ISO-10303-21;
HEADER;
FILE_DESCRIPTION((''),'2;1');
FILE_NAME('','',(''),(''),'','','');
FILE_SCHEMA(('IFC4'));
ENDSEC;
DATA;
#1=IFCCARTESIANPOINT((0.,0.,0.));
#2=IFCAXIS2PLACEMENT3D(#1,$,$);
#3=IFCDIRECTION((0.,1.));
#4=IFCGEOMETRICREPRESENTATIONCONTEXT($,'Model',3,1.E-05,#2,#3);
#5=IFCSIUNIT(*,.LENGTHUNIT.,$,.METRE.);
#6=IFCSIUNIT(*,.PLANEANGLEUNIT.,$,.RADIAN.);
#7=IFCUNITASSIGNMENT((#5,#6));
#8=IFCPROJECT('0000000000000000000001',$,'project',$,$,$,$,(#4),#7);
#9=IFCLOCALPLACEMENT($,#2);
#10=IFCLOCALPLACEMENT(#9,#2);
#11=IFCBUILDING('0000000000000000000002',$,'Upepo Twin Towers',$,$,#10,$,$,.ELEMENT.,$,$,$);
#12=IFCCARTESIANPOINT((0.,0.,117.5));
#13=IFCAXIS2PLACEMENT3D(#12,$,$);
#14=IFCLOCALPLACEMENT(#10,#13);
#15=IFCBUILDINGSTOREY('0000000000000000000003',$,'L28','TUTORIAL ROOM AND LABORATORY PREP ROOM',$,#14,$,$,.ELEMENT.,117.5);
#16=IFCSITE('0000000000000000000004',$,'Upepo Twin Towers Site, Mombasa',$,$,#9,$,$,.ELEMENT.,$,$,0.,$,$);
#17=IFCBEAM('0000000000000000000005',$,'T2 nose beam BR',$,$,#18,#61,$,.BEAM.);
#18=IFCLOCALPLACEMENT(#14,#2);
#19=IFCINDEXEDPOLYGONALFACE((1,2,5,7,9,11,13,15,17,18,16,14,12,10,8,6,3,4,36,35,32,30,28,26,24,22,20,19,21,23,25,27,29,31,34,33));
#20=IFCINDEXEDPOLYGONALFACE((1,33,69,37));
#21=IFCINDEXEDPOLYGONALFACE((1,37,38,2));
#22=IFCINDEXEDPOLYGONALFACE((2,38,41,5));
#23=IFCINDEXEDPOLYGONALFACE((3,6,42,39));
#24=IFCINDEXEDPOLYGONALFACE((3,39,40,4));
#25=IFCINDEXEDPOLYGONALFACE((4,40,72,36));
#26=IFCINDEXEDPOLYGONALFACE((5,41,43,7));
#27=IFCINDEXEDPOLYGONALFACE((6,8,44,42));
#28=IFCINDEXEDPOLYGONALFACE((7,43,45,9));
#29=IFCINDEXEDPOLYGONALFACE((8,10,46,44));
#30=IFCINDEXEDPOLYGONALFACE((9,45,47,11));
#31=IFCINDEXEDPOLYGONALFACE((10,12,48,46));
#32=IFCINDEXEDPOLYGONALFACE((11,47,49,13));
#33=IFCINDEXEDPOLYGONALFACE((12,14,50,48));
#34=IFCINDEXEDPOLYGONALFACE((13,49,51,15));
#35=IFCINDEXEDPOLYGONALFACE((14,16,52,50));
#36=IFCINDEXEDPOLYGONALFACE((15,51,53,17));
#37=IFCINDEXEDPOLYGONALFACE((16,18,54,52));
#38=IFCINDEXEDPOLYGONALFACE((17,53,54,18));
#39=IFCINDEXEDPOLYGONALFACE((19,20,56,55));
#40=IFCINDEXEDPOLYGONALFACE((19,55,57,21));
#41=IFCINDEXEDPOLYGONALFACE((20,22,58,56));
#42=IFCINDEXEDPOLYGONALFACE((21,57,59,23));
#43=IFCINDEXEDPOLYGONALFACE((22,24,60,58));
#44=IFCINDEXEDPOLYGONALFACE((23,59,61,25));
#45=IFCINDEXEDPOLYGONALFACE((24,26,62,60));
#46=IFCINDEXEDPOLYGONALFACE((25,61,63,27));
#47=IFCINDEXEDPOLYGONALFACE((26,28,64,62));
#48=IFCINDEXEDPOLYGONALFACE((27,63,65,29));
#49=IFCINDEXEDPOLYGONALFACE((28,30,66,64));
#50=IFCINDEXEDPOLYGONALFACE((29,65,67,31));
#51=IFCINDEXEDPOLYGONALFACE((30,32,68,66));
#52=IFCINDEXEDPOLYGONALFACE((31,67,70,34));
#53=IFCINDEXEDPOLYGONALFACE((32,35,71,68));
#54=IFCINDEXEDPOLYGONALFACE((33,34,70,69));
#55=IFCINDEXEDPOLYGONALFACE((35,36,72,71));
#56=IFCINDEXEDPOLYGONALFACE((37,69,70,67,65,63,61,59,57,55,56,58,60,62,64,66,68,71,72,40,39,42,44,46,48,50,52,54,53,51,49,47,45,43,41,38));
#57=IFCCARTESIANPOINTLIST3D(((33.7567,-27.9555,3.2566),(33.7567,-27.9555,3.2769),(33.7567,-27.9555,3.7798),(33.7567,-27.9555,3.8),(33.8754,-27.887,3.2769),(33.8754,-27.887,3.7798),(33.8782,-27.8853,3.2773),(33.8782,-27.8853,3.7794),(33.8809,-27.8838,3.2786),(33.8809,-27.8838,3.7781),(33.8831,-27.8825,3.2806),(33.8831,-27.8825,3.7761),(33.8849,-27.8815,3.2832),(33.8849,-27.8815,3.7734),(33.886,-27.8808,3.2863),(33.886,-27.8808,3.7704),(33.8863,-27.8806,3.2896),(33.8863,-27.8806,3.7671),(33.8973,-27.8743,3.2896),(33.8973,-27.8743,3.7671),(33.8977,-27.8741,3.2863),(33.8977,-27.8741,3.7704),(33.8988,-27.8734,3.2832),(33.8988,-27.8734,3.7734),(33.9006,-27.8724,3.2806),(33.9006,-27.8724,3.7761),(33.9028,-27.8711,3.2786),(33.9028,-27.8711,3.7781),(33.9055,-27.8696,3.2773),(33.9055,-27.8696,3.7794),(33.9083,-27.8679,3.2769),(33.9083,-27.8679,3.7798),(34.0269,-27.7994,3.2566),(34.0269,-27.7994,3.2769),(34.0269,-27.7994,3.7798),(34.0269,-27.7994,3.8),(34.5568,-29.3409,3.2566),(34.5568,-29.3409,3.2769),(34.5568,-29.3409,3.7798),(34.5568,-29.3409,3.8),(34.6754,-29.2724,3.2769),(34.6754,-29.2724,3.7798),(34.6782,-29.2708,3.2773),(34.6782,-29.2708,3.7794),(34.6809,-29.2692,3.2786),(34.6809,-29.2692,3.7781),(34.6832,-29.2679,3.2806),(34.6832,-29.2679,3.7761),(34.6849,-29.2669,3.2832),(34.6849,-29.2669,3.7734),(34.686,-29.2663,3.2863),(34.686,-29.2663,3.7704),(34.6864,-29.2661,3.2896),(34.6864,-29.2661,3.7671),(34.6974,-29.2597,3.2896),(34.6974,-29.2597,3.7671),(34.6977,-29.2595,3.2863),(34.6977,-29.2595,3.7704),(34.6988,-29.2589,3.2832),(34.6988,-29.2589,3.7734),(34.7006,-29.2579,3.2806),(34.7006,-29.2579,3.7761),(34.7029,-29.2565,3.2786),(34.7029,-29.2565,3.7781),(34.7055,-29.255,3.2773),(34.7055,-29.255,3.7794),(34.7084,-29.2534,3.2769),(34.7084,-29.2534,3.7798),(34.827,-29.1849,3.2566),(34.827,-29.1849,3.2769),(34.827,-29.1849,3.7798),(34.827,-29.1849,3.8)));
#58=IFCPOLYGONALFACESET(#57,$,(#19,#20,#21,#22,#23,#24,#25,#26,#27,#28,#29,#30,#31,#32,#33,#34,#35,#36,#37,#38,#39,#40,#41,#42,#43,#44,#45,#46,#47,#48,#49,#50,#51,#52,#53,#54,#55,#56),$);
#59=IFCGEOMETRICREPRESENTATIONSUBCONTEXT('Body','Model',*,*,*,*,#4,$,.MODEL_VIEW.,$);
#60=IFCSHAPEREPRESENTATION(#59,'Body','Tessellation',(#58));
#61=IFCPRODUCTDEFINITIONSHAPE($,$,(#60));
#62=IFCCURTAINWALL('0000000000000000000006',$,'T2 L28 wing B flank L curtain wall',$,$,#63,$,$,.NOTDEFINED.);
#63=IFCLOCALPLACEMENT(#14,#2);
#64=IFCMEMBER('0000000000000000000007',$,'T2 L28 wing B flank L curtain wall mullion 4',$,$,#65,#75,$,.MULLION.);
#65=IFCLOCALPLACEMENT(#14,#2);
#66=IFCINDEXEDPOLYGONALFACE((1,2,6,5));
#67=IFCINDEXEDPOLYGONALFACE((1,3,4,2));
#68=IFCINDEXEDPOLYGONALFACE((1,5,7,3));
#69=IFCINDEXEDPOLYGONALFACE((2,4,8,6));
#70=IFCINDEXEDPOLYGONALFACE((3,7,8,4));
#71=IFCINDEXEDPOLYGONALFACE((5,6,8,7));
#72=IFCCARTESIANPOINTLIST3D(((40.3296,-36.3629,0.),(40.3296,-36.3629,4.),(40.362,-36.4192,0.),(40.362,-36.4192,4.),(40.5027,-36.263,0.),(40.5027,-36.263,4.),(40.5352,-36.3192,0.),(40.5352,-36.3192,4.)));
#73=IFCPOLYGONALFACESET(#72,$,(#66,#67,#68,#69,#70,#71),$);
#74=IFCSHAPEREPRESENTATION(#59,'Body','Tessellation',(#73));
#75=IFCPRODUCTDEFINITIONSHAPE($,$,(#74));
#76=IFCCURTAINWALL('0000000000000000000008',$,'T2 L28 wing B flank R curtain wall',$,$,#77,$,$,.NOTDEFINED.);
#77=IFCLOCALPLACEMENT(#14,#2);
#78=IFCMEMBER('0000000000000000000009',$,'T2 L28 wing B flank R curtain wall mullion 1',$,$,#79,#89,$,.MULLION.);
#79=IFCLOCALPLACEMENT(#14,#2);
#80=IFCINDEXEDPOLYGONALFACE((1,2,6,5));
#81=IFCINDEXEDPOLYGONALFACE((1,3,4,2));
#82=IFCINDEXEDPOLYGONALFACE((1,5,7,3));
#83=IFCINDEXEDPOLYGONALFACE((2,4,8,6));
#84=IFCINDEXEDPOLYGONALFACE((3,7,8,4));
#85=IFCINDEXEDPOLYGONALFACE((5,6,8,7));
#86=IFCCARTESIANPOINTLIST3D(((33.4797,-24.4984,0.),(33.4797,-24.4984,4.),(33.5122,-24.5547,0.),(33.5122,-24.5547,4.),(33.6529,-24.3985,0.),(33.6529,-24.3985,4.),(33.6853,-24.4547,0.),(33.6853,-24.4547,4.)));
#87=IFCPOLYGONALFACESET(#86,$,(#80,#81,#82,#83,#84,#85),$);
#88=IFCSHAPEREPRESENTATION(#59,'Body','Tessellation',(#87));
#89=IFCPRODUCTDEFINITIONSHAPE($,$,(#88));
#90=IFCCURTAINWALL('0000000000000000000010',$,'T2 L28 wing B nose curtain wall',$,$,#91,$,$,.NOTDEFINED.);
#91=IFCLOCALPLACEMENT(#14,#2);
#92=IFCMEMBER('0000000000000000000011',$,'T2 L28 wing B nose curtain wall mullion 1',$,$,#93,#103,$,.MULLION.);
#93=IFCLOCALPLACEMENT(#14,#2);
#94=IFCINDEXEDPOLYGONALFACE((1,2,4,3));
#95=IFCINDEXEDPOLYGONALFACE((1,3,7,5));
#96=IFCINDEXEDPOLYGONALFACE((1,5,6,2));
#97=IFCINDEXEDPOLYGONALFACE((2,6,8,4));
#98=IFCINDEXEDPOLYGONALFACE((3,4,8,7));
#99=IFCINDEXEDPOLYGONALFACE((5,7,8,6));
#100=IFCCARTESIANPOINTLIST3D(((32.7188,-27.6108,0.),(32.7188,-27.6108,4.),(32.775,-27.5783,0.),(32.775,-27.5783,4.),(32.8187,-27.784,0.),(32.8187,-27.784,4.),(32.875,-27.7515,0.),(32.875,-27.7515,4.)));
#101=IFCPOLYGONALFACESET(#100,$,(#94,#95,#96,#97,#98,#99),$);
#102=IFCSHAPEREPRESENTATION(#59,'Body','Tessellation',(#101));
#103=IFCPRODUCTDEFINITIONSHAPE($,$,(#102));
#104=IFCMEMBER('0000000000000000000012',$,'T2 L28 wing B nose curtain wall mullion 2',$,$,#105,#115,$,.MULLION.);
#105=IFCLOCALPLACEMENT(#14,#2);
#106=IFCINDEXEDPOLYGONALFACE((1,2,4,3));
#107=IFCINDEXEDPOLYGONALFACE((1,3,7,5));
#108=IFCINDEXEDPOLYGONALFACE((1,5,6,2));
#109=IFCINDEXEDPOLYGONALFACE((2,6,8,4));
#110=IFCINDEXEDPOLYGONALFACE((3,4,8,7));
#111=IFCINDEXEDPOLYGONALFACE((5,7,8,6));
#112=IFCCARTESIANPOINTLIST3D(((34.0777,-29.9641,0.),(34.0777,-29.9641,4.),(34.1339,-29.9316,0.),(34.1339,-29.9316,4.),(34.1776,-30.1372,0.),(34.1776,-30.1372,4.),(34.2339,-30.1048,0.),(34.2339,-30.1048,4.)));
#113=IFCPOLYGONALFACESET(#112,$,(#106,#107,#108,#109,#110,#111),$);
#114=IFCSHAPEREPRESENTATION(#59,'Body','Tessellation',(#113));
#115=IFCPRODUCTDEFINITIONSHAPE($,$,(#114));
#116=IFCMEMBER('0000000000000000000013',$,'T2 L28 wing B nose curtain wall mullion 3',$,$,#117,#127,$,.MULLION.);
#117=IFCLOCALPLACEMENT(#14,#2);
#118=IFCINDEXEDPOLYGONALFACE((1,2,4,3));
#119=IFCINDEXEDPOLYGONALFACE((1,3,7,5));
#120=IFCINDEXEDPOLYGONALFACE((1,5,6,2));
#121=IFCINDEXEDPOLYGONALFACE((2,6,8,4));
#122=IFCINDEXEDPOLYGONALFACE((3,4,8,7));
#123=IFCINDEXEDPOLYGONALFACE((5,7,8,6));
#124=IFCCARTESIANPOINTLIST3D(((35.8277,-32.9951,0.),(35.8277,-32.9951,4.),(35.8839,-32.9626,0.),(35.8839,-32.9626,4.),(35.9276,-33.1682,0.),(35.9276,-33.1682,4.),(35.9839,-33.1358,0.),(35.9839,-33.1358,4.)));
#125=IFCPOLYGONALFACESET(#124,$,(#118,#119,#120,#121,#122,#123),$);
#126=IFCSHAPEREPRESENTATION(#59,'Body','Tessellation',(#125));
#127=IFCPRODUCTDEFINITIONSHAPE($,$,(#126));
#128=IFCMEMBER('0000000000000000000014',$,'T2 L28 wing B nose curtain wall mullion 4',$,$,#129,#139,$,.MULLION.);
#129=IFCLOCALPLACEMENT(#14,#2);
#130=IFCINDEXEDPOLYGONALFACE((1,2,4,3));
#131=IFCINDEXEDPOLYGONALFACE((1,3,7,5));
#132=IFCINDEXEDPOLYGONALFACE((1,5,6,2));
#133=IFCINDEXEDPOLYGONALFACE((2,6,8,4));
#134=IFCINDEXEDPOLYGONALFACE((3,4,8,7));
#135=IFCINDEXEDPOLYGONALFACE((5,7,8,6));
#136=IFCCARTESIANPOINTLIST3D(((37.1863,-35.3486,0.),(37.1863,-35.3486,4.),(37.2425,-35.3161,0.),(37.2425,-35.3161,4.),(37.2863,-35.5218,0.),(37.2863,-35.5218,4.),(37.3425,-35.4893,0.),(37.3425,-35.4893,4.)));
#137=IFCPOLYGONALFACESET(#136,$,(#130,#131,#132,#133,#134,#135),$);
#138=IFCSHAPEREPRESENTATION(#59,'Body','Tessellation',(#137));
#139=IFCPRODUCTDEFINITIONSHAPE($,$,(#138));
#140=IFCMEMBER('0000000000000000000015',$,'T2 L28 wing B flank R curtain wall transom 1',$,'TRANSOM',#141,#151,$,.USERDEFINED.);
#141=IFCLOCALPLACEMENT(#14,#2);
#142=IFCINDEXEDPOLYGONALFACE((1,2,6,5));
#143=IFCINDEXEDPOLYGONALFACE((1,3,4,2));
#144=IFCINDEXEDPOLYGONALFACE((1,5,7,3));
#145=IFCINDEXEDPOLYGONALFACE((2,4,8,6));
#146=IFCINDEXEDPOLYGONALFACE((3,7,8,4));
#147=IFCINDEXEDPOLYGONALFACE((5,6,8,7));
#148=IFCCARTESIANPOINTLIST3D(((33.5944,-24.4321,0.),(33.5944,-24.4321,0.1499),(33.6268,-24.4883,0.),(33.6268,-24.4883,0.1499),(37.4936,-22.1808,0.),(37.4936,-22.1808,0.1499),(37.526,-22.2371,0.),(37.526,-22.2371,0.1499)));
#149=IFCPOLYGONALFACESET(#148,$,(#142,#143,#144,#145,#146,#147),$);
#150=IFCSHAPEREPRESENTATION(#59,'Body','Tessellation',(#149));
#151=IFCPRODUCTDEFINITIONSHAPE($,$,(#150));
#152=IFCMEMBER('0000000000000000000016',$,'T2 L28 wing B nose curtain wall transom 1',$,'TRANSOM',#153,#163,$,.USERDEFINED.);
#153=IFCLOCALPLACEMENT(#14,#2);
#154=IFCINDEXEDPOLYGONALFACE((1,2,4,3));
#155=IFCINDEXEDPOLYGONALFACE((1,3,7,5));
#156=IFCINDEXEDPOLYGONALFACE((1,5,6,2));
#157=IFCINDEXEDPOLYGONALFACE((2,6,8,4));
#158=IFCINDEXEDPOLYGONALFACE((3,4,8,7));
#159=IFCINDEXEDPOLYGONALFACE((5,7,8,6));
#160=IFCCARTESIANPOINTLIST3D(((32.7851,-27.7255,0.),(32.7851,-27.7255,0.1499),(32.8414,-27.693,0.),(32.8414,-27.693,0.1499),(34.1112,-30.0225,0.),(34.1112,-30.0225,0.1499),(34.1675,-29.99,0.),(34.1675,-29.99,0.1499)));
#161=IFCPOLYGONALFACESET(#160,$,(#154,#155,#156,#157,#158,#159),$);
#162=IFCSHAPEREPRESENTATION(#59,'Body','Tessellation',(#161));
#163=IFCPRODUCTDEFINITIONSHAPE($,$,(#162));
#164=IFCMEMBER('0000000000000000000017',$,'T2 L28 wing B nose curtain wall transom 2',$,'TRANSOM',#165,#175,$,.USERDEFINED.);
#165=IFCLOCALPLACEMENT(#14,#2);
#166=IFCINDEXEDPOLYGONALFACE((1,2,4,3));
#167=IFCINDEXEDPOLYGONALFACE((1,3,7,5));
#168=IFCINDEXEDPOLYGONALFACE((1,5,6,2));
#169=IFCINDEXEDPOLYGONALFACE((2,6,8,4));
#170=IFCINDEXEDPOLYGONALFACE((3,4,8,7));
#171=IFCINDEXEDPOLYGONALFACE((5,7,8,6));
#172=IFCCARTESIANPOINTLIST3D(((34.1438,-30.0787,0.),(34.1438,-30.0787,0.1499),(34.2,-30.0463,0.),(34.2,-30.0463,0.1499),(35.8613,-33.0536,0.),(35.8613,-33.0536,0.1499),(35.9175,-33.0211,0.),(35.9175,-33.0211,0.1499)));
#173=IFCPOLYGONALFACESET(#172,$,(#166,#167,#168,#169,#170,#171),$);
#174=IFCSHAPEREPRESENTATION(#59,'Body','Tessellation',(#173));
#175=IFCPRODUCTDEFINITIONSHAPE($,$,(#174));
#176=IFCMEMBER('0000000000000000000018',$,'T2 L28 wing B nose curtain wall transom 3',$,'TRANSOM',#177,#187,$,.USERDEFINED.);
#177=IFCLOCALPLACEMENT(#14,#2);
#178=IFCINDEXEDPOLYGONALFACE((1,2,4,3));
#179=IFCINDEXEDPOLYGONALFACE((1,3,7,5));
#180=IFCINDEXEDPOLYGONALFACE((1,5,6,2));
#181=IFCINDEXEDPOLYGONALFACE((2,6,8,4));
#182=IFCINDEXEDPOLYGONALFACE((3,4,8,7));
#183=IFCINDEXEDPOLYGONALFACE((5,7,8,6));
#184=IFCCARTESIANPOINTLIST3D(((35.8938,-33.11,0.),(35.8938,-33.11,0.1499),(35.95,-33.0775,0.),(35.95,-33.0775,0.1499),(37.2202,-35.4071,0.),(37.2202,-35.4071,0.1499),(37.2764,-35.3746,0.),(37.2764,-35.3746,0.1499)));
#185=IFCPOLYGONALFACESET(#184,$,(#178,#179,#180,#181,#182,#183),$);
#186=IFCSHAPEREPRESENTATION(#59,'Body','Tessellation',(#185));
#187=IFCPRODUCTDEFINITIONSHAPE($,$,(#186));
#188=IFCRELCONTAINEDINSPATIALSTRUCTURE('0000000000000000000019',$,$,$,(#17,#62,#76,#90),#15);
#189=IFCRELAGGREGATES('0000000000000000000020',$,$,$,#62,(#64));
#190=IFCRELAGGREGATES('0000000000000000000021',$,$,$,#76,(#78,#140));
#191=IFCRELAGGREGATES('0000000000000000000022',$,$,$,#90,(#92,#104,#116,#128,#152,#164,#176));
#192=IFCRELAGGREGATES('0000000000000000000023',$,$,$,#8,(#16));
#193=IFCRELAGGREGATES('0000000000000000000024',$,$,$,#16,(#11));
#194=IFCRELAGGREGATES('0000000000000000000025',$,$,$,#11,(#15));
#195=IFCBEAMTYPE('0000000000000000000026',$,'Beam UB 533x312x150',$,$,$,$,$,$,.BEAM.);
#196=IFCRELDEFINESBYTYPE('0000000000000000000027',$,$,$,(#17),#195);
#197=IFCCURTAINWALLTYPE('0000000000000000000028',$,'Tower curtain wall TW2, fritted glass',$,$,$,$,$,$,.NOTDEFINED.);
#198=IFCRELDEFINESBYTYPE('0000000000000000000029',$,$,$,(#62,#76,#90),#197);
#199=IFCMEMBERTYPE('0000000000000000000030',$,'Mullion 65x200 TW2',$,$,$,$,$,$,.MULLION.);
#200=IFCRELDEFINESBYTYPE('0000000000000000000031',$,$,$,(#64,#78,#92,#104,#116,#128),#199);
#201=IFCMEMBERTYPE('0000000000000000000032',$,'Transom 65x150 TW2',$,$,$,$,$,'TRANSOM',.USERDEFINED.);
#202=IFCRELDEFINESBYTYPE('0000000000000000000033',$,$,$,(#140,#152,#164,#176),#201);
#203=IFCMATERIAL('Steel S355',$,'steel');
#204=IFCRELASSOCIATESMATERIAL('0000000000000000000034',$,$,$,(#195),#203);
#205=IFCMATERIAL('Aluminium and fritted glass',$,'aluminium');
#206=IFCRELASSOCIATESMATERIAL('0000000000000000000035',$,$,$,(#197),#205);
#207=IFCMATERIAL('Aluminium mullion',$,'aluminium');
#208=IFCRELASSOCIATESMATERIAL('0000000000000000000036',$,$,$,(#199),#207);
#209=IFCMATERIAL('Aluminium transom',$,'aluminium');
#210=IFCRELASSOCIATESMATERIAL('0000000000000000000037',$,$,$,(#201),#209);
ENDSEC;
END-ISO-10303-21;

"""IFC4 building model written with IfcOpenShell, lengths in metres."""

from ifc_helpers import new_model, si_unit, direction, frame, origin, origin_2d, place, context, subcontext, project, spatial, rectangle, i_section, extrude, material, material_profile, profile_set, type_object, element, aggregate, save


model = new_model("IFC4")

# Units and contexts
model_context = context("Model", 3, precision=1e-05, world=origin(), true_north=direction((0.0, 1.0)))
body_context = subcontext(model_context, "Body", "Model", "MODEL_VIEW")
ifc_project = project(units=[si_unit("LENGTHUNIT", "METRE"), si_unit("PLANEANGLEUNIT", "RADIAN")], contexts=[model_context])

# Site, building, storey
site_placement = place(None, origin())
site = spatial("IfcSite", under=ifc_project, at=site_placement, Name="Upepo Twin Towers Site, Mombasa", CompositionType="ELEMENT", RefElevation=0.0)
building_placement = place(site_placement, origin())
building = spatial("IfcBuilding", under=site, at=building_placement, Name="Upepo Twin Towers", CompositionType="ELEMENT")
storey_placement = place(building_placement, frame((0.0, 0.0, 117.5)))
storey = spatial("IfcBuildingStorey", under=building, at=storey_placement, Name="L28", Description="TUTORIAL ROOM AND LABORATORY PREP ROOM", CompositionType="ELEMENT", Elevation=117.5)

# Beam
ifc_material_1 = material(Name="Steel S355", Category="steel")
ifc_material_profile_1 = material_profile(ifc_material_1, i_section(OverallWidth=0.312, OverallDepth=0.5435, WebThickness=0.0127, FlangeThickness=0.0203, FilletRadius=0.0127, at=origin_2d()), Name="UB 533x312x150")
ifc_profile_set_1 = profile_set([ifc_material_profile_1], Name="Steel S355")
beam_type_1 = type_object("IfcBeamType", Name="Beam UB 533x312x150", PredefinedType="BEAM", material=ifc_profile_set_1)
for number, where, z_axis, x_axis, name in (
    (1, (33.8918, -27.8774, 3.5283), (0.500061, -0.86599, 0.0), (0.86599, 0.500061, 0.0), "T2 nose beam BR"),
):
    element("IfcBeam", number, at=place(storey_placement, frame(where, z_axis=z_axis, x_axis=x_axis)), inside=storey, type_object=beam_type_1, Name=name, PredefinedType="BEAM", context=body_context, shape_type="SweptSolid", body=[
        extrude(i_section(OverallWidth=0.312, OverallDepth=0.5435, WebThickness=0.0127, FlangeThickness=0.0203, FilletRadius=0.0127, at=origin_2d()), origin(), (0.0, 0.0, 1.0), 1.5999),
    ])

# Curtain walls, members
ifc_material_2 = material(Name="Aluminium and fritted glass", Category="aluminium")
curtain_wall_type = type_object("IfcCurtainWallType", Name="Tower curtain wall TW2, fritted glass", PredefinedType="NOTDEFINED", material=ifc_material_2)
curtain_wall_1_placement = place(storey_placement, origin())
curtain_wall_1 = element("IfcCurtainWall", 2, at=curtain_wall_1_placement, inside=storey, type_object=curtain_wall_type, Name="T2 L28 wing B flank L curtain wall", PredefinedType="NOTDEFINED")
ifc_material_3 = material(Name="Aluminium mullion", Category="aluminium")
ifc_material_profile_2 = material_profile(ifc_material_3, rectangle(XDim=0.0649, YDim=0.2, at=origin_2d()), Name="MULLION 65x200")
ifc_profile_set_2 = profile_set([ifc_material_profile_2], Name="Aluminium mullion")
member_type_1 = type_object("IfcMemberType", Name="Mullion 65x200 TW2", PredefinedType="MULLION", material=ifc_profile_set_2)
member_1_placement = place(storey_placement, frame((40.4324, -36.3411, 0.0), z_axis=(0.0, 0.0, 1.0), x_axis=(0.5, -0.866025, 0.0)))
member_1 = element("IfcMember", 3, at=member_1_placement, type_object=member_type_1, Name="T2 L28 wing B flank L curtain wall mullion 4", PredefinedType="MULLION", context=body_context, shape_type="SweptSolid", body=[
    extrude(rectangle(XDim=0.0649, YDim=0.2, at=origin_2d()), origin(), (0.0, 0.0, 1.0), 4.0),
])
aggregate(curtain_wall_1, [member_1])
curtain_wall_2_placement = place(storey_placement, origin())
curtain_wall_2 = element("IfcCurtainWall", 4, at=curtain_wall_2_placement, inside=storey, type_object=curtain_wall_type, Name="T2 L28 wing B flank R curtain wall", PredefinedType="NOTDEFINED")
member_2_placement = place(storey_placement, frame((33.5825, -24.4766, 0.0), z_axis=(0.0, 0.0, 1.0), x_axis=(-0.5, 0.866025, 0.0)))
member_2 = element("IfcMember", 5, at=member_2_placement, type_object=member_type_1, Name="T2 L28 wing B flank R curtain wall mullion 1", PredefinedType="MULLION", context=body_context, shape_type="SweptSolid", body=[
    extrude(rectangle(XDim=0.0649, YDim=0.2, at=origin_2d()), origin(), (0.0, 0.0, 1.0), 4.0),
])

# Curtain wall, members
curtain_wall_3_placement = place(storey_placement, origin())
curtain_wall_3 = element("IfcCurtainWall", 6, at=curtain_wall_3_placement, inside=storey, type_object=curtain_wall_type, Name="T2 L28 wing B nose curtain wall", PredefinedType="NOTDEFINED")
member_3_placement = place(storey_placement, frame((32.7969, -27.6812, 0.0), z_axis=(0.0, 0.0, 1.0), x_axis=(0.866025, 0.5, 0.0)))
member_3 = element("IfcMember", 7, at=member_3_placement, type_object=member_type_1, Name="T2 L28 wing B nose curtain wall mullion 1", PredefinedType="MULLION", context=body_context, shape_type="SweptSolid", body=[
    extrude(rectangle(XDim=0.0649, YDim=0.2, at=origin_2d()), origin(), (0.0, 0.0, 1.0), 4.0),
])
member_4_placement = place(storey_placement, frame((34.1558, -30.0344, 0.0), z_axis=(0.0, 0.0, 1.0), x_axis=(0.866025, 0.5, 0.0)))
member_4 = element("IfcMember", 8, at=member_4_placement, type_object=member_type_1, Name="T2 L28 wing B nose curtain wall mullion 2", PredefinedType="MULLION", context=body_context, shape_type="SweptSolid", body=[
    extrude(rectangle(XDim=0.0649, YDim=0.2, at=origin_2d()), origin(), (0.0, 0.0, 1.0), 4.0),
])
member_5_placement = place(storey_placement, frame((35.9058, -33.0654, 0.0), z_axis=(0.0, 0.0, 1.0), x_axis=(0.866025, 0.5, 0.0)))
member_5 = element("IfcMember", 9, at=member_5_placement, type_object=member_type_1, Name="T2 L28 wing B nose curtain wall mullion 3", PredefinedType="MULLION", context=body_context, shape_type="SweptSolid", body=[
    extrude(rectangle(XDim=0.0649, YDim=0.2, at=origin_2d()), origin(), (0.0, 0.0, 1.0), 4.0),
])
member_6_placement = place(storey_placement, frame((37.2644, -35.4189, 0.0), z_axis=(0.0, 0.0, 1.0), x_axis=(0.866025, 0.5, 0.0)))
member_6 = element("IfcMember", 10, at=member_6_placement, type_object=member_type_1, Name="T2 L28 wing B nose curtain wall mullion 4", PredefinedType="MULLION", context=body_context, shape_type="SweptSolid", body=[
    extrude(rectangle(XDim=0.0649, YDim=0.2, at=origin_2d()), origin(), (0.0, 0.0, 1.0), 4.0),
])

# Members
ifc_material_4 = material(Name="Aluminium transom", Category="aluminium")
ifc_material_profile_3 = material_profile(ifc_material_4, rectangle(XDim=0.0649, YDim=0.1499, at=origin_2d()), Name="TRANSOM 65x150")
ifc_profile_set_3 = profile_set([ifc_material_profile_3], Name="Aluminium transom")
member_type_2 = type_object("IfcMemberType", Name="Transom 65x150 TW2", ElementType="TRANSOM", PredefinedType="USERDEFINED", material=ifc_profile_set_3)
member_7_placement = place(storey_placement, frame((33.6106, -24.4602, 0.075), z_axis=(0.866022, 0.500006, 0.0), x_axis=(-0.500006, 0.866022, 0.0)))
member_7 = element("IfcMember", 11, at=member_7_placement, type_object=member_type_2, Name="T2 L28 wing B flank R curtain wall transom 1", ObjectType="TRANSOM", PredefinedType="USERDEFINED", context=body_context, shape_type="SweptSolid", body=[
    extrude(rectangle(XDim=0.0649, YDim=0.1499, at=origin_2d()), origin(), (0.0, 0.0, 1.0), 4.5024),
])
member_8_placement = place(storey_placement, frame((32.8132, -27.7092, 0.075), z_axis=(0.49998, -0.866037, 0.0), x_axis=(0.866037, 0.49998, 0.0)))
member_8 = element("IfcMember", 12, at=member_8_placement, type_object=member_type_2, Name="T2 L28 wing B nose curtain wall transom 1", ObjectType="TRANSOM", PredefinedType="USERDEFINED", context=body_context, shape_type="SweptSolid", body=[
    extrude(rectangle(XDim=0.0649, YDim=0.1499, at=origin_2d()), origin(), (0.0, 0.0, 1.0), 2.6523),
])
member_9_placement = place(storey_placement, frame((34.1719, -30.0625, 0.075), z_axis=(0.499999, -0.866026, 0.0), x_axis=(0.866026, 0.499999, 0.0)))
member_9 = element("IfcMember", 13, at=member_9_placement, type_object=member_type_2, Name="T2 L28 wing B nose curtain wall transom 2", ObjectType="TRANSOM", PredefinedType="USERDEFINED", context=body_context, shape_type="SweptSolid", body=[
    extrude(rectangle(XDim=0.0649, YDim=0.1499, at=origin_2d()), origin(), (0.0, 0.0, 1.0), 3.4351),
])
member_10_placement = place(storey_placement, frame((35.9219, -33.0938, 0.075), z_axis=(0.500049, -0.865997, 0.0), x_axis=(0.865997, 0.500049, 0.0)))
member_10 = element("IfcMember", 14, at=member_10_placement, type_object=member_type_2, Name="T2 L28 wing B nose curtain wall transom 3", ObjectType="TRANSOM", PredefinedType="USERDEFINED", context=body_context, shape_type="SweptSolid", body=[
    extrude(rectangle(XDim=0.0649, YDim=0.1499, at=origin_2d()), origin(), (0.0, 0.0, 1.0), 2.6526),
])

aggregate(curtain_wall_2, [member_2, member_7])
aggregate(curtain_wall_3, [member_3, member_4, member_5, member_6, member_8, member_9, member_10])

save(model, "model.ifc")
